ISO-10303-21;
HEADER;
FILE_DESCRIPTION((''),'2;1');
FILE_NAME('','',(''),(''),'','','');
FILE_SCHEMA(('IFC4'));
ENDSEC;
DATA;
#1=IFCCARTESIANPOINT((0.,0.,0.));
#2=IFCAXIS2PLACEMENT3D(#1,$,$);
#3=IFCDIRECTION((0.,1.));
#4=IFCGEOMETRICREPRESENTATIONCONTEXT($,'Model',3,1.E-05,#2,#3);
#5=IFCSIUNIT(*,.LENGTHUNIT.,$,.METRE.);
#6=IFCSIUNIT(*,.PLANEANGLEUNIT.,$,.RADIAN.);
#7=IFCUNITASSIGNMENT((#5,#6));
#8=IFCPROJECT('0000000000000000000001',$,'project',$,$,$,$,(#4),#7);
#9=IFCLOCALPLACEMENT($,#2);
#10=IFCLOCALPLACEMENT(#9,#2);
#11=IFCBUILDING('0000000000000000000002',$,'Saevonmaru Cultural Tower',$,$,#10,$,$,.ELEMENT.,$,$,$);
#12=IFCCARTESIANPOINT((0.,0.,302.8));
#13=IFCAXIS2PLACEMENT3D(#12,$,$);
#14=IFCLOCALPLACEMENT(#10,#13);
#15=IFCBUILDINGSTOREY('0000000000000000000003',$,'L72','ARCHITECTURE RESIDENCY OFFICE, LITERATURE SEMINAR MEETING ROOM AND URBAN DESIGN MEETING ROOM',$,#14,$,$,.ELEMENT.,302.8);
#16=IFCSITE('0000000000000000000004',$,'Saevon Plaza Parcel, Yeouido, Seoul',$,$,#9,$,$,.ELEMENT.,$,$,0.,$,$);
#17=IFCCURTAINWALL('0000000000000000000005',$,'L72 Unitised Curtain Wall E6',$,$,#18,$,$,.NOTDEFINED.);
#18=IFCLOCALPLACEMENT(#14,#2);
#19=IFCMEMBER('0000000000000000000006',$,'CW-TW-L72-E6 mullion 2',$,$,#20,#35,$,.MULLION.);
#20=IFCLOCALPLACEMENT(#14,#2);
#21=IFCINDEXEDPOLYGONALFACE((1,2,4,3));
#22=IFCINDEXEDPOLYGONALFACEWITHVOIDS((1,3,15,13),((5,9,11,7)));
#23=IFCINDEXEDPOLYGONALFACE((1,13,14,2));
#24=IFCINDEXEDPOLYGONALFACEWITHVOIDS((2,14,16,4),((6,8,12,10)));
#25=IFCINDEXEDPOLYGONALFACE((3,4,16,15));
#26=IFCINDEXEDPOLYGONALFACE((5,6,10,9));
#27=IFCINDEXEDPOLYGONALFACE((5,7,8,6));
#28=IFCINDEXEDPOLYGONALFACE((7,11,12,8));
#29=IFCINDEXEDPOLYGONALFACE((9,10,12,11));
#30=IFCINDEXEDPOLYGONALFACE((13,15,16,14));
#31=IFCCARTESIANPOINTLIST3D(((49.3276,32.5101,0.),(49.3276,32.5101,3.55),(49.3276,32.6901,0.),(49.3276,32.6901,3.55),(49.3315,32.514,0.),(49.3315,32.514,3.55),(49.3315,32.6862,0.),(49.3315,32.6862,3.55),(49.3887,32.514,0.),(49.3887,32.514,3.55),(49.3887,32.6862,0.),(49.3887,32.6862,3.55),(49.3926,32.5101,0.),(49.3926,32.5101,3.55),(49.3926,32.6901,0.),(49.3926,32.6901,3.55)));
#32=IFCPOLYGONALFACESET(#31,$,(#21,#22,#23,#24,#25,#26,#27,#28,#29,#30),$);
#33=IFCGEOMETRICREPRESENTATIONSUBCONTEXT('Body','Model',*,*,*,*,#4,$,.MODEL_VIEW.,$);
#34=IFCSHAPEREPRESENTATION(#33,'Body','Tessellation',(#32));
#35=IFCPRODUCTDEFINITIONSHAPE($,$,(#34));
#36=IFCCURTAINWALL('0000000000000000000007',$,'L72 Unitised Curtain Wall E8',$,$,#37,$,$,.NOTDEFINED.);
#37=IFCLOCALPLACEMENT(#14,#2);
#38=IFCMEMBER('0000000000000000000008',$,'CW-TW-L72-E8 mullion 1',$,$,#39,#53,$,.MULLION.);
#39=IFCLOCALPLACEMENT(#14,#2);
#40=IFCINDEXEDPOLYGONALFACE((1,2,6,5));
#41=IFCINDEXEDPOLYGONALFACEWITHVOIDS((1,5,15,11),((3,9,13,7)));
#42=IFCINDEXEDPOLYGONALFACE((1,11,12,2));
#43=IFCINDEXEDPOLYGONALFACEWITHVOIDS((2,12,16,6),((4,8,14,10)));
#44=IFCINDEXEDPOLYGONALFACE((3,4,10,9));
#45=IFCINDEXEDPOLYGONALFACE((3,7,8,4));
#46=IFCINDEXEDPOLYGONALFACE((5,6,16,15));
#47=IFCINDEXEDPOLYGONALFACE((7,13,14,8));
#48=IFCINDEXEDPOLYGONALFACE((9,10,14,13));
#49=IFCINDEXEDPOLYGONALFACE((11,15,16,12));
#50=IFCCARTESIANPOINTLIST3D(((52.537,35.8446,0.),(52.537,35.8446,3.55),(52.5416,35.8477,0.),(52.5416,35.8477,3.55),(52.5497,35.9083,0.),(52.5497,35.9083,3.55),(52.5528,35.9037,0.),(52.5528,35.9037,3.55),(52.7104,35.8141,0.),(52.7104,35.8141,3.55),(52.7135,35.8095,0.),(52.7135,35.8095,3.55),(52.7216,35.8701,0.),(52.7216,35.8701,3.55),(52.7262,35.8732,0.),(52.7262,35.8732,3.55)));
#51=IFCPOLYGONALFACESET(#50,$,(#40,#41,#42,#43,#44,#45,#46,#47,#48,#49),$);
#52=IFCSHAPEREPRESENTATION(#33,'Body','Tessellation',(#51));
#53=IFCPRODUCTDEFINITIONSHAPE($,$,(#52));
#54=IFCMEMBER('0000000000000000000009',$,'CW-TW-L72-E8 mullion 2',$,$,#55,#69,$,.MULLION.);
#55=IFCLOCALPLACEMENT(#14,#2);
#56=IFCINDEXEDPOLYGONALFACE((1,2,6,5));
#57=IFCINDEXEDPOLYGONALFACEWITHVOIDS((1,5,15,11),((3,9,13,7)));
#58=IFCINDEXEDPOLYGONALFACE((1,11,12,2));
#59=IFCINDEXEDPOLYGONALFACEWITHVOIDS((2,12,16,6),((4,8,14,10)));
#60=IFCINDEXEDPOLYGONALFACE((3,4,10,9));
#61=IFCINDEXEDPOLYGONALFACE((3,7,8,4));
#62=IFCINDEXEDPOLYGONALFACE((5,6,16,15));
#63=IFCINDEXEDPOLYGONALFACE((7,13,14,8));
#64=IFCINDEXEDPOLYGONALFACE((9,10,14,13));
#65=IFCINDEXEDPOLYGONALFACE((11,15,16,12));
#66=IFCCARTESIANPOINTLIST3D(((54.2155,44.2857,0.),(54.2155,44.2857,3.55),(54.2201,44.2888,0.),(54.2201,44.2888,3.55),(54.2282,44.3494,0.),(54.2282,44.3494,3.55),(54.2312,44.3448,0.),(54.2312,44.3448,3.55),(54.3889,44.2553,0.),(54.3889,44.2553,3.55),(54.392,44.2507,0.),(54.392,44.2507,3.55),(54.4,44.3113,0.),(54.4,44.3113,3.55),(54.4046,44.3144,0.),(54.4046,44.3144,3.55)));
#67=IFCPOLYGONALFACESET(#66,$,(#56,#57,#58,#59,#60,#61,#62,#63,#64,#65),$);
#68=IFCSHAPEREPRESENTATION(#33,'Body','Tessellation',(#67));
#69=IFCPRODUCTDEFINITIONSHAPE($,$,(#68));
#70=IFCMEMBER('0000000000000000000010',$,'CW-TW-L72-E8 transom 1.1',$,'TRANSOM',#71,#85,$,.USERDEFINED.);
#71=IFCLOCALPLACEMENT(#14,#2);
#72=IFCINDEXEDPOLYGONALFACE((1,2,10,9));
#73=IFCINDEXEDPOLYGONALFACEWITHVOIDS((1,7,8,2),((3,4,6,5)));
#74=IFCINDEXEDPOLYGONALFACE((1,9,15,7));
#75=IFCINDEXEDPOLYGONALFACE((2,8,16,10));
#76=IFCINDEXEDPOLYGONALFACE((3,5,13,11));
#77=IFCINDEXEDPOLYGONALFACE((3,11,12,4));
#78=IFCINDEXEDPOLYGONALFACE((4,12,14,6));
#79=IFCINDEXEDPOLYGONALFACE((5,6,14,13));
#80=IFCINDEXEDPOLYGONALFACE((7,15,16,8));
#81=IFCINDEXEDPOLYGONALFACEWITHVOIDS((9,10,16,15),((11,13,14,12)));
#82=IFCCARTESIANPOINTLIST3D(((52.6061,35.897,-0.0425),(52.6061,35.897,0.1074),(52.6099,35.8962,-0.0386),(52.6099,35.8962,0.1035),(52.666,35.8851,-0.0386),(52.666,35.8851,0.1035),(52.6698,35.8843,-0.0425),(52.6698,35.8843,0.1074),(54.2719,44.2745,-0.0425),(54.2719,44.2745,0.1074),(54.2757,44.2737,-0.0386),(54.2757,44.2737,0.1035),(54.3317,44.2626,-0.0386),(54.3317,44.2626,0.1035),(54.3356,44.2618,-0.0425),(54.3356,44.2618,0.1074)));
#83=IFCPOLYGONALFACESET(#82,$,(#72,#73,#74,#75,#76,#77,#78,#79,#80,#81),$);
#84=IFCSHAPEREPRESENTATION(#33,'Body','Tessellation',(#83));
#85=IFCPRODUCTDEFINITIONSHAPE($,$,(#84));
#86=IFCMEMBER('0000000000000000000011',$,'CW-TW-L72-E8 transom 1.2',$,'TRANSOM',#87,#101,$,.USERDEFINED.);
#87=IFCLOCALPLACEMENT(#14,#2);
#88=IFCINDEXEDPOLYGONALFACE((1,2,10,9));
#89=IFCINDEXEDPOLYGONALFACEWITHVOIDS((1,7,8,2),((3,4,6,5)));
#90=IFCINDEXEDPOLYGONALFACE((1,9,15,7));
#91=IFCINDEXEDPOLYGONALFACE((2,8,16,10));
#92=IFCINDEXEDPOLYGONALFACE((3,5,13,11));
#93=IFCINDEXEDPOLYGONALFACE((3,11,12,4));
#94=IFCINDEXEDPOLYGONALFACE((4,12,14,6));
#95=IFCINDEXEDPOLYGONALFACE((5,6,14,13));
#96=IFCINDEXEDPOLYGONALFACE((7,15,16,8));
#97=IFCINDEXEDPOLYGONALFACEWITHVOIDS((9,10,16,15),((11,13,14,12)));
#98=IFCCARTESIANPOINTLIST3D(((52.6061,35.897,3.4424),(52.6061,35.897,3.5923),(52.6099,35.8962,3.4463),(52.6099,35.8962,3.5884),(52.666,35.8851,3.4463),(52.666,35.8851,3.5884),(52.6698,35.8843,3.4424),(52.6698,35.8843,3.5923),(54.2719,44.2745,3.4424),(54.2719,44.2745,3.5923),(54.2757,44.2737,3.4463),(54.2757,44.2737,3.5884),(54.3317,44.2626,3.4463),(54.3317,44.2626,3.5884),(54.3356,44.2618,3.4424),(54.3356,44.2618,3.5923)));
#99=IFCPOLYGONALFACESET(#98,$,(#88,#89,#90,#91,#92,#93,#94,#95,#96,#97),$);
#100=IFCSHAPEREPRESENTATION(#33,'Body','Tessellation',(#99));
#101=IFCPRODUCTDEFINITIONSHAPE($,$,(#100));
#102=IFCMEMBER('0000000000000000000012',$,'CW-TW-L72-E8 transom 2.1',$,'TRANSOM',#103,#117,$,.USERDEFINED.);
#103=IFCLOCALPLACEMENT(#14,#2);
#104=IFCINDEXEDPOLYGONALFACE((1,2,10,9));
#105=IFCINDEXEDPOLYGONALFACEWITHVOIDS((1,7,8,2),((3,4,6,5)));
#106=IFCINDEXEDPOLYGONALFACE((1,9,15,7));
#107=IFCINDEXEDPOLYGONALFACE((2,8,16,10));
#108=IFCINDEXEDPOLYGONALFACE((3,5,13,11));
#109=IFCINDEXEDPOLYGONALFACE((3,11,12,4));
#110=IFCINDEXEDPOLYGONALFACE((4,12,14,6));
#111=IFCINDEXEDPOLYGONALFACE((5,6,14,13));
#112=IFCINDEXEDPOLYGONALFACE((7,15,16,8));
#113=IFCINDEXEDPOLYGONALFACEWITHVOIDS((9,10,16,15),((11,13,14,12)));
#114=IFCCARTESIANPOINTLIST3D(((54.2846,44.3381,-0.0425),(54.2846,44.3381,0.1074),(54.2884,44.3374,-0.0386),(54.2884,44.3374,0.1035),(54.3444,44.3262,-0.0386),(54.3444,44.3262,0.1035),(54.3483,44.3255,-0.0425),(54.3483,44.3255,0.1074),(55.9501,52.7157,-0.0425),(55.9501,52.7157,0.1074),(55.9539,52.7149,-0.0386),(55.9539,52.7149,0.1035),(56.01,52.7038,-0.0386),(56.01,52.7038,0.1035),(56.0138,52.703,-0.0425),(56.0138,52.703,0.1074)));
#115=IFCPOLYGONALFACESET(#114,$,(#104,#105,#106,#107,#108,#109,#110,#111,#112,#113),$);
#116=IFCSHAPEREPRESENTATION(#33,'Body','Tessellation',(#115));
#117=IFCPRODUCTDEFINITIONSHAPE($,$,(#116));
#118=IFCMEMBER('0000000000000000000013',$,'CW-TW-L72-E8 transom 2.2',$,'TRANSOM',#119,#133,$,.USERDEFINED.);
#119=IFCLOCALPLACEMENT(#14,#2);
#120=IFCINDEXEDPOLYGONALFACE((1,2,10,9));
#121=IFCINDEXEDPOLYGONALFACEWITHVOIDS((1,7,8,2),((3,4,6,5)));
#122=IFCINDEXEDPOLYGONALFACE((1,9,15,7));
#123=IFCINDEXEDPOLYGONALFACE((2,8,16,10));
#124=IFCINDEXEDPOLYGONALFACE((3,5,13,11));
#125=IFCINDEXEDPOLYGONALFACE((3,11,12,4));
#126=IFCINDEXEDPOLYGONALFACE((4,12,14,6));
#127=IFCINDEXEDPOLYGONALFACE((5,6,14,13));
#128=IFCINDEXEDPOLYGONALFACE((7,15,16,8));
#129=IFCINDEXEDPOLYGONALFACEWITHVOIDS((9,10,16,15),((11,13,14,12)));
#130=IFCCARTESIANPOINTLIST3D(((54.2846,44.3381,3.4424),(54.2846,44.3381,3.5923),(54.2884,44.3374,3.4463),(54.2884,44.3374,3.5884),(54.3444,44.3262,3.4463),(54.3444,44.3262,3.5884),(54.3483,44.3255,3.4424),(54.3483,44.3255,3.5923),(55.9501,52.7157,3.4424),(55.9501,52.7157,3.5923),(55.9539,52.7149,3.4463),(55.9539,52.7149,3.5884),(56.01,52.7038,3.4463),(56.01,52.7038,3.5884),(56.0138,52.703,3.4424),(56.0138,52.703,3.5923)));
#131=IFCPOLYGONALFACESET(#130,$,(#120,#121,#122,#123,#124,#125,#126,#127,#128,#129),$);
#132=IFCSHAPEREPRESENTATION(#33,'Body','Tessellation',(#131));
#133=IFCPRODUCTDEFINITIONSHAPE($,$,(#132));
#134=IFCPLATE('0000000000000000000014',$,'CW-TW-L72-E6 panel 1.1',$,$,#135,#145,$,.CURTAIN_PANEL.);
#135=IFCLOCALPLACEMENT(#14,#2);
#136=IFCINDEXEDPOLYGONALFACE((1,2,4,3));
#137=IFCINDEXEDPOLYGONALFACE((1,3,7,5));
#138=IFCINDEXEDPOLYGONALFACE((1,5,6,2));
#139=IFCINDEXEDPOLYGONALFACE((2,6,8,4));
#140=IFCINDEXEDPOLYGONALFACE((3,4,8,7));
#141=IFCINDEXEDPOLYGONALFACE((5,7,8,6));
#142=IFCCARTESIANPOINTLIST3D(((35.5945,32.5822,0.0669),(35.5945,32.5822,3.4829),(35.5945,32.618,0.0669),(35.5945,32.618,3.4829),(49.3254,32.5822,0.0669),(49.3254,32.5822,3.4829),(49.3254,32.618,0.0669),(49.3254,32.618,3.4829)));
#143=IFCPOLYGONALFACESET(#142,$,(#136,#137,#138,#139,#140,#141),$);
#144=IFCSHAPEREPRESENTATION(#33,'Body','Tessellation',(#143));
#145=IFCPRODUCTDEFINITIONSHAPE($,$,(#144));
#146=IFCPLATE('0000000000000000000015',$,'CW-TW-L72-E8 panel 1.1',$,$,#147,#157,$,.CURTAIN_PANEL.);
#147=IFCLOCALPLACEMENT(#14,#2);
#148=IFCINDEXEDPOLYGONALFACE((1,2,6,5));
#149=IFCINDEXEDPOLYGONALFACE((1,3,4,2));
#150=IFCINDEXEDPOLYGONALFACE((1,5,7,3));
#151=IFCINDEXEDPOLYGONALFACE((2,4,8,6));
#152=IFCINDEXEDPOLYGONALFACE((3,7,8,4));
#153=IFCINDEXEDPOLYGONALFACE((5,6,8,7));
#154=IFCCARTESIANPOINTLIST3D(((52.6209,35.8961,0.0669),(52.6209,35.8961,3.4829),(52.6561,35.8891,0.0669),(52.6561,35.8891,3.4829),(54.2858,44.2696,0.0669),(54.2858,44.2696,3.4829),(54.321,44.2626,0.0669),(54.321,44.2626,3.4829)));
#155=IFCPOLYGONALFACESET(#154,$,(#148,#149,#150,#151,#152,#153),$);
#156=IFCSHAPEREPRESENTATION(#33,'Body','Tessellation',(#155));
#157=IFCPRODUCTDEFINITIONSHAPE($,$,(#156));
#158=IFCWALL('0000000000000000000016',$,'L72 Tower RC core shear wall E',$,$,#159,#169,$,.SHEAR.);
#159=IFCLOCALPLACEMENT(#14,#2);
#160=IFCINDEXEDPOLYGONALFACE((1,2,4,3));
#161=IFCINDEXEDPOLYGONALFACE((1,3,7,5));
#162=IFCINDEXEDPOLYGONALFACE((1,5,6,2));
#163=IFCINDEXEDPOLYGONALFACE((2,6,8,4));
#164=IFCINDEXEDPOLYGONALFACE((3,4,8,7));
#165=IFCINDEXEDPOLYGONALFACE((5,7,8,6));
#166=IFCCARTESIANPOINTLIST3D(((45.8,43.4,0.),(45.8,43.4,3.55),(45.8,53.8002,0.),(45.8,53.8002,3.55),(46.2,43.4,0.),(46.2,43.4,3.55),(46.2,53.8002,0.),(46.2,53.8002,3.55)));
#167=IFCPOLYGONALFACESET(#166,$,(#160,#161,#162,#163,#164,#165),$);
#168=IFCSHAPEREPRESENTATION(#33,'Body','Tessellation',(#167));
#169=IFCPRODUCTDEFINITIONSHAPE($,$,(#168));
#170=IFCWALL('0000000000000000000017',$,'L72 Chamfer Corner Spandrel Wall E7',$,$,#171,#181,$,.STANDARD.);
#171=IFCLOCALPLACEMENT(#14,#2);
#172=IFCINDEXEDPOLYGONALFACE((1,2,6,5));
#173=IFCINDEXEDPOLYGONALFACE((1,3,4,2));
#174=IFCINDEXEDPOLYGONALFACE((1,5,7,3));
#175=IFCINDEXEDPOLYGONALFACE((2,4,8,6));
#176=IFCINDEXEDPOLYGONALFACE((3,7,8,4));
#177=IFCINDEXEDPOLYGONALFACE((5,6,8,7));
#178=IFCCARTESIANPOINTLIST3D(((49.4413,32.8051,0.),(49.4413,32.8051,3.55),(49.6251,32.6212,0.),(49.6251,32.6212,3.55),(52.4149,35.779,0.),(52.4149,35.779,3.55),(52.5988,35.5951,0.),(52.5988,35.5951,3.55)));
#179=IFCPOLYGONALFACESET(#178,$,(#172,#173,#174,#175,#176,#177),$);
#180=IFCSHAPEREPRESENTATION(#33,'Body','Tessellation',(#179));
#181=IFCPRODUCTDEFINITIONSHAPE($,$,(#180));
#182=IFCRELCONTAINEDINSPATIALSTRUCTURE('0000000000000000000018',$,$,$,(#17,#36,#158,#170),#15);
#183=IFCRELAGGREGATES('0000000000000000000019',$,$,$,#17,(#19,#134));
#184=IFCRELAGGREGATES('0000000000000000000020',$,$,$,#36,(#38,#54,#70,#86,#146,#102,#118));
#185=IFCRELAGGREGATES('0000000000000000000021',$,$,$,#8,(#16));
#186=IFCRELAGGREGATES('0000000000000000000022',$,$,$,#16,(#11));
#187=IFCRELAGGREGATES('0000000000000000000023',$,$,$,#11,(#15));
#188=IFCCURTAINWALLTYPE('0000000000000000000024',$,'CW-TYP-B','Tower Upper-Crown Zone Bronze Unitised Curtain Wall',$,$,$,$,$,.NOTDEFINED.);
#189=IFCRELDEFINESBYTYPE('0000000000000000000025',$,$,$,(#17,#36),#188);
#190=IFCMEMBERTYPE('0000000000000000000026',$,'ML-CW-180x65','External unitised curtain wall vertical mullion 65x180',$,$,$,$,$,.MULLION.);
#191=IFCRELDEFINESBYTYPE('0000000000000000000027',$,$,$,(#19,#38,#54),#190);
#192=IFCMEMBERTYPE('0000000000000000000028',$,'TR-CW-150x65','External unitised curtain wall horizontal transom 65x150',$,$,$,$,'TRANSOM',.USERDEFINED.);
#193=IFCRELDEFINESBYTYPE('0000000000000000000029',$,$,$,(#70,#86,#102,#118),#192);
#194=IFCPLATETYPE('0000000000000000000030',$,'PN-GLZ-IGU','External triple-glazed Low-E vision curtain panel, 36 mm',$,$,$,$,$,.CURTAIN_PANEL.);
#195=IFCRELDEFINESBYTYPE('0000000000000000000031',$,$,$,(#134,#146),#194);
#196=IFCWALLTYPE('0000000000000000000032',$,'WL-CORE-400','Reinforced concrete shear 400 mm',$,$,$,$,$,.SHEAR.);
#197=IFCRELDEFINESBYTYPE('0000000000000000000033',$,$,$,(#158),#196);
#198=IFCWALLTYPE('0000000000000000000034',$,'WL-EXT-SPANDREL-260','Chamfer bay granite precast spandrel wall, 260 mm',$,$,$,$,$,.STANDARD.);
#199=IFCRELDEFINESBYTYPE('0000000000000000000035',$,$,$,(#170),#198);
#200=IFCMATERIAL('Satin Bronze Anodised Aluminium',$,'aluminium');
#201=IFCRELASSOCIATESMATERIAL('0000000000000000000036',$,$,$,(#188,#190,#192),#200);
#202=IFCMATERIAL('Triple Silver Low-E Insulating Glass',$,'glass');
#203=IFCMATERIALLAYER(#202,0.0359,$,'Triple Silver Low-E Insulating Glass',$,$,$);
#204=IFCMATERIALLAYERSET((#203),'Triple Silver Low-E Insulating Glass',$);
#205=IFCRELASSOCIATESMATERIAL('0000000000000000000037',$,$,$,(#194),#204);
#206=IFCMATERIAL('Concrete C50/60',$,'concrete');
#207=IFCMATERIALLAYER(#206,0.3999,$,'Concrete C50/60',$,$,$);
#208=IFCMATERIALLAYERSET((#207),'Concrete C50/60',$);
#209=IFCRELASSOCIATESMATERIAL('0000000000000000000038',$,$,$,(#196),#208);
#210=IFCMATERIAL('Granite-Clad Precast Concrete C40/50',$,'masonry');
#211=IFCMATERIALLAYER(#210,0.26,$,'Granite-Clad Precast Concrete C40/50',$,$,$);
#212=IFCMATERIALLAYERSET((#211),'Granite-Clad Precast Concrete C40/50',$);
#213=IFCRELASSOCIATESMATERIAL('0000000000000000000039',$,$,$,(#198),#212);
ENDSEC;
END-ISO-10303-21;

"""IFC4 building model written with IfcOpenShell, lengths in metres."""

from ifc_helpers import new_model, si_unit, direction, frame, frame_2d, origin, origin_2d, place, context, subcontext, project, spatial, rectangle, hollow_rectangle, extrude, material, layer, layer_set, material_profile, profile_set, type_object, element, aggregate, save


model = new_model("IFC4")

# Units and contexts
model_context = context("Model", 3, precision=1e-05, world=origin(), true_north=direction((0.0, 1.0)))
body_context = subcontext(model_context, "Body", "Model", "MODEL_VIEW")
ifc_project = project(units=[si_unit("LENGTHUNIT", "METRE"), si_unit("PLANEANGLEUNIT", "RADIAN")], contexts=[model_context])

# Site, building, storey
site_placement = place(None, origin())
site = spatial("IfcSite", under=ifc_project, at=site_placement, Name="Saevon Plaza Parcel, Yeouido, Seoul", CompositionType="ELEMENT", RefElevation=0.0)
building_placement = place(site_placement, origin())
building = spatial("IfcBuilding", under=site, at=building_placement, Name="Saevonmaru Cultural Tower", CompositionType="ELEMENT")
storey_placement = place(building_placement, frame((0.0, 0.0, 302.8)))
storey = spatial("IfcBuildingStorey", under=building, at=storey_placement, Name="L72", Description="ARCHITECTURE RESIDENCY OFFICE, LITERATURE SEMINAR MEETING ROOM AND URBAN DESIGN MEETING ROOM", CompositionType="ELEMENT", Elevation=302.8)

# Curtain wall, member
ifc_material_1 = material(Name="Satin Bronze Anodised Aluminium", Category="aluminium")
curtain_wall_type = type_object("IfcCurtainWallType", Name="CW-TYP-B", Description="Tower Upper-Crown Zone Bronze Unitised Curtain Wall", PredefinedType="NOTDEFINED", material=ifc_material_1)
curtain_wall_1_placement = place(storey_placement, origin())
curtain_wall_1 = element("IfcCurtainWall", 1, at=curtain_wall_1_placement, inside=storey, type_object=curtain_wall_type, Name="L72 Unitised Curtain Wall E6", PredefinedType="NOTDEFINED")
ifc_material_profile_1 = material_profile(ifc_material_1, hollow_rectangle(XDim=0.0649, YDim=0.1799, WallThickness=0.0039, at=origin_2d()), Name="ALU-MULL-180x65x4")
ifc_profile_set_1 = profile_set([ifc_material_profile_1], Name="Satin Bronze Anodised Aluminium")
member_type_1 = type_object("IfcMemberType", Name="ML-CW-180x65", Description="External unitised curtain wall vertical mullion 65x180", PredefinedType="MULLION", material=ifc_profile_set_1)
member_1_placement = place(storey_placement, frame((49.3601, 32.6001, 0.0), z_axis=(0.0, 0.0, 1.0), x_axis=(1.0, 0.0, 0.0)))
member_1 = element("IfcMember", 2, at=member_1_placement, type_object=member_type_1, Name="CW-TW-L72-E6 mullion 2", PredefinedType="MULLION", context=body_context, shape_type="SweptSolid", body=[
    extrude(hollow_rectangle(XDim=0.0649, YDim=0.1799, WallThickness=0.0039, at=origin_2d()), origin(), (0.0, 0.0, 1.0), 3.55),
])

# Curtain wall, members
curtain_wall_2_placement = place(storey_placement, origin())
curtain_wall_2 = element("IfcCurtainWall", 3, at=curtain_wall_2_placement, inside=storey, type_object=curtain_wall_type, Name="L72 Unitised Curtain Wall E8", PredefinedType="NOTDEFINED")
member_2_placement = place(storey_placement, frame((52.6316, 35.8589, 0.0), z_axis=(0.0, 0.0, 1.0), x_axis=(0.195005, 0.980802, 0.0)))
member_2 = element("IfcMember", 4, at=member_2_placement, type_object=member_type_1, Name="CW-TW-L72-E8 mullion 1", PredefinedType="MULLION", context=body_context, shape_type="SweptSolid", body=[
    extrude(hollow_rectangle(XDim=0.0649, YDim=0.1799, WallThickness=0.0039, at=origin_2d()), origin(), (0.0, 0.0, 1.0), 3.55),
])
member_3_placement = place(storey_placement, frame((54.3101, 44.3, 0.0), z_axis=(0.0, 0.0, 1.0), x_axis=(0.195005, 0.980802, 0.0)))
member_3 = element("IfcMember", 5, at=member_3_placement, type_object=member_type_1, Name="CW-TW-L72-E8 mullion 2", PredefinedType="MULLION", context=body_context, shape_type="SweptSolid", body=[
    extrude(hollow_rectangle(XDim=0.0649, YDim=0.1799, WallThickness=0.0039, at=origin_2d()), origin(), (0.0, 0.0, 1.0), 3.55),
])
ifc_material_profile_2 = material_profile(ifc_material_1, hollow_rectangle(XDim=0.0649, YDim=0.1499, WallThickness=0.0039, at=origin_2d()), Name="ALU-TRAN-150x65x4")
ifc_profile_set_2 = profile_set([ifc_material_profile_2], Name="Satin Bronze Anodised Aluminium")
member_type_2 = type_object("IfcMemberType", Name="TR-CW-150x65", Description="External unitised curtain wall horizontal transom 65x150", ElementType="TRANSOM", PredefinedType="USERDEFINED", material=ifc_profile_set_2)
member_4_placement = place(storey_placement, frame((52.6379, 35.8906, 0.0325), z_axis=(0.195022, 0.980799, 0.0), x_axis=(-0.980799, 0.195022, 0.0)))
member_4 = element("IfcMember", 6, at=member_4_placement, type_object=member_type_2, Name="CW-TW-L72-E8 transom 1.1", ObjectType="TRANSOM", PredefinedType="USERDEFINED", context=body_context, shape_type="SweptSolid", body=[
    extrude(hollow_rectangle(XDim=0.0649, YDim=0.1499, WallThickness=0.0039, at=origin_2d()), origin(), (0.0, 0.0, 1.0), 8.5415),
])
member_5_placement = place(storey_placement, frame((52.6379, 35.8906, 3.5173), z_axis=(0.195022, 0.980799, 0.0), x_axis=(-0.980799, 0.195022, 0.0)))
member_5 = element("IfcMember", 7, at=member_5_placement, type_object=member_type_2, Name="CW-TW-L72-E8 transom 1.2", ObjectType="TRANSOM", PredefinedType="USERDEFINED", context=body_context, shape_type="SweptSolid", body=[
    extrude(hollow_rectangle(XDim=0.0649, YDim=0.1499, WallThickness=0.0039, at=origin_2d()), origin(), (0.0, 0.0, 1.0), 8.5415),
])
member_6_placement = place(storey_placement, frame((54.3164, 44.3318, 0.0325), z_axis=(0.194995, 0.980804, 0.0), x_axis=(-0.980804, 0.194995, 0.0)))
member_6 = element("IfcMember", 8, at=member_6_placement, type_object=member_type_2, Name="CW-TW-L72-E8 transom 2.1", ObjectType="TRANSOM", PredefinedType="USERDEFINED", context=body_context, shape_type="SweptSolid", body=[
    extrude(hollow_rectangle(XDim=0.0649, YDim=0.1499, WallThickness=0.0039, at=origin_2d()), origin(), (0.0, 0.0, 1.0), 8.5415),
])
member_7_placement = place(storey_placement, frame((54.3164, 44.3318, 3.5173), z_axis=(0.194995, 0.980804, 0.0), x_axis=(-0.980804, 0.194995, 0.0)))
member_7 = element("IfcMember", 9, at=member_7_placement, type_object=member_type_2, Name="CW-TW-L72-E8 transom 2.2", ObjectType="TRANSOM", PredefinedType="USERDEFINED", context=body_context, shape_type="SweptSolid", body=[
    extrude(hollow_rectangle(XDim=0.0649, YDim=0.1499, WallThickness=0.0039, at=origin_2d()), origin(), (0.0, 0.0, 1.0), 8.5415),
])

# Plates
ifc_material_2 = material(Name="Triple Silver Low-E Insulating Glass", Category="glass")
ifc_layer_1 = layer(ifc_material_2, 0.0359, Name="Triple Silver Low-E Insulating Glass")
ifc_layer_set_1 = layer_set([ifc_layer_1], Name="Triple Silver Low-E Insulating Glass")
plate_type = type_object("IfcPlateType", Name="PN-GLZ-IGU", Description="External triple-glazed Low-E vision curtain panel, 36 mm", PredefinedType="CURTAIN_PANEL", material=ifc_layer_set_1)
plate_1_placement = place(storey_placement, frame((42.46, 32.6001, 0.0669), z_axis=(0.0, 0.0, 1.0), x_axis=(1.0, 0.0, 0.0)))
plate_1 = element("IfcPlate", 10, at=plate_1_placement, type_object=plate_type, Name="CW-TW-L72-E6 panel 1.1", PredefinedType="CURTAIN_PANEL", context=body_context, shape_type="SweptSolid", body=[
    extrude(rectangle(XDim=13.731, YDim=0.0359, at=origin_2d()), origin(), (0.0, 0.0, 1.0), 3.416),
])
aggregate(curtain_wall_1, [member_1, plate_1])
plate_2_placement = place(storey_placement, frame((53.4709, 40.0793, 0.0669), z_axis=(0.0, 0.0, 1.0), x_axis=(0.195005, 0.980802, 0.0)))
plate_2 = element("IfcPlate", 11, at=plate_2_placement, type_object=plate_type, Name="CW-TW-L72-E8 panel 1.1", PredefinedType="CURTAIN_PANEL", context=body_context, shape_type="SweptSolid", body=[
    extrude(rectangle(XDim=8.5374, YDim=0.0359, at=origin_2d()), origin(), (0.0, 0.0, 1.0), 3.416),
])
aggregate(curtain_wall_2, [member_2, member_3, member_4, member_5, plate_2, member_6, member_7])

# Walls
ifc_material_3 = material(Name="Concrete C50/60", Category="concrete")
ifc_layer_2 = layer(ifc_material_3, 0.3999, Name="Concrete C50/60")
ifc_layer_set_2 = layer_set([ifc_layer_2], Name="Concrete C50/60")
wall_type_1 = type_object("IfcWallType", Name="WL-CORE-400", Description="Reinforced concrete shear 400 mm", PredefinedType="SHEAR", material=ifc_layer_set_2)
wall_1_placement = place(storey_placement, frame((46.0, 43.3999, 0.0), z_axis=(0.0, 0.0, 1.0), x_axis=(0.0, 1.0, 0.0)))
element("IfcWall", 12, at=wall_1_placement, inside=storey, type_object=wall_type_1, Name="L72 Tower RC core shear wall E", PredefinedType="SHEAR", context=body_context, shape_type="SweptSolid", body=[
    extrude(rectangle(XDim=10.4001, YDim=0.3999, at=frame_2d((5.2002, 0.0))), origin(), (0.0, 0.0, 1.0), 3.55),
])
ifc_material_4 = material(Name="Granite-Clad Precast Concrete C40/50", Category="masonry")
ifc_layer_3 = layer(ifc_material_4, 0.26, Name="Granite-Clad Precast Concrete C40/50")
ifc_layer_set_3 = layer_set([ifc_layer_3], Name="Granite-Clad Precast Concrete C40/50")
wall_type_2 = type_object("IfcWallType", Name="WL-EXT-SPANDREL-260", Description="Chamfer bay granite precast spandrel wall, 260 mm", PredefinedType="STANDARD", material=ifc_layer_set_3)
wall_2_placement = place(storey_placement, frame((49.5332, 32.7131, 0.0), z_axis=(0.0, 0.0, 1.0), x_axis=(0.707078, 0.707136, 0.0)))
element("IfcWall", 13, at=wall_2_placement, inside=storey, type_object=wall_type_2, Name="L72 Chamfer Corner Spandrel Wall E7", PredefinedType="STANDARD", context=body_context, shape_type="SweptSolid", body=[
    extrude(rectangle(XDim=4.2056, YDim=0.26, at=frame_2d((2.1028, 0.0))), origin(), (0.0, 0.0, 1.0), 3.55),
])

save(model, "model.ifc")
